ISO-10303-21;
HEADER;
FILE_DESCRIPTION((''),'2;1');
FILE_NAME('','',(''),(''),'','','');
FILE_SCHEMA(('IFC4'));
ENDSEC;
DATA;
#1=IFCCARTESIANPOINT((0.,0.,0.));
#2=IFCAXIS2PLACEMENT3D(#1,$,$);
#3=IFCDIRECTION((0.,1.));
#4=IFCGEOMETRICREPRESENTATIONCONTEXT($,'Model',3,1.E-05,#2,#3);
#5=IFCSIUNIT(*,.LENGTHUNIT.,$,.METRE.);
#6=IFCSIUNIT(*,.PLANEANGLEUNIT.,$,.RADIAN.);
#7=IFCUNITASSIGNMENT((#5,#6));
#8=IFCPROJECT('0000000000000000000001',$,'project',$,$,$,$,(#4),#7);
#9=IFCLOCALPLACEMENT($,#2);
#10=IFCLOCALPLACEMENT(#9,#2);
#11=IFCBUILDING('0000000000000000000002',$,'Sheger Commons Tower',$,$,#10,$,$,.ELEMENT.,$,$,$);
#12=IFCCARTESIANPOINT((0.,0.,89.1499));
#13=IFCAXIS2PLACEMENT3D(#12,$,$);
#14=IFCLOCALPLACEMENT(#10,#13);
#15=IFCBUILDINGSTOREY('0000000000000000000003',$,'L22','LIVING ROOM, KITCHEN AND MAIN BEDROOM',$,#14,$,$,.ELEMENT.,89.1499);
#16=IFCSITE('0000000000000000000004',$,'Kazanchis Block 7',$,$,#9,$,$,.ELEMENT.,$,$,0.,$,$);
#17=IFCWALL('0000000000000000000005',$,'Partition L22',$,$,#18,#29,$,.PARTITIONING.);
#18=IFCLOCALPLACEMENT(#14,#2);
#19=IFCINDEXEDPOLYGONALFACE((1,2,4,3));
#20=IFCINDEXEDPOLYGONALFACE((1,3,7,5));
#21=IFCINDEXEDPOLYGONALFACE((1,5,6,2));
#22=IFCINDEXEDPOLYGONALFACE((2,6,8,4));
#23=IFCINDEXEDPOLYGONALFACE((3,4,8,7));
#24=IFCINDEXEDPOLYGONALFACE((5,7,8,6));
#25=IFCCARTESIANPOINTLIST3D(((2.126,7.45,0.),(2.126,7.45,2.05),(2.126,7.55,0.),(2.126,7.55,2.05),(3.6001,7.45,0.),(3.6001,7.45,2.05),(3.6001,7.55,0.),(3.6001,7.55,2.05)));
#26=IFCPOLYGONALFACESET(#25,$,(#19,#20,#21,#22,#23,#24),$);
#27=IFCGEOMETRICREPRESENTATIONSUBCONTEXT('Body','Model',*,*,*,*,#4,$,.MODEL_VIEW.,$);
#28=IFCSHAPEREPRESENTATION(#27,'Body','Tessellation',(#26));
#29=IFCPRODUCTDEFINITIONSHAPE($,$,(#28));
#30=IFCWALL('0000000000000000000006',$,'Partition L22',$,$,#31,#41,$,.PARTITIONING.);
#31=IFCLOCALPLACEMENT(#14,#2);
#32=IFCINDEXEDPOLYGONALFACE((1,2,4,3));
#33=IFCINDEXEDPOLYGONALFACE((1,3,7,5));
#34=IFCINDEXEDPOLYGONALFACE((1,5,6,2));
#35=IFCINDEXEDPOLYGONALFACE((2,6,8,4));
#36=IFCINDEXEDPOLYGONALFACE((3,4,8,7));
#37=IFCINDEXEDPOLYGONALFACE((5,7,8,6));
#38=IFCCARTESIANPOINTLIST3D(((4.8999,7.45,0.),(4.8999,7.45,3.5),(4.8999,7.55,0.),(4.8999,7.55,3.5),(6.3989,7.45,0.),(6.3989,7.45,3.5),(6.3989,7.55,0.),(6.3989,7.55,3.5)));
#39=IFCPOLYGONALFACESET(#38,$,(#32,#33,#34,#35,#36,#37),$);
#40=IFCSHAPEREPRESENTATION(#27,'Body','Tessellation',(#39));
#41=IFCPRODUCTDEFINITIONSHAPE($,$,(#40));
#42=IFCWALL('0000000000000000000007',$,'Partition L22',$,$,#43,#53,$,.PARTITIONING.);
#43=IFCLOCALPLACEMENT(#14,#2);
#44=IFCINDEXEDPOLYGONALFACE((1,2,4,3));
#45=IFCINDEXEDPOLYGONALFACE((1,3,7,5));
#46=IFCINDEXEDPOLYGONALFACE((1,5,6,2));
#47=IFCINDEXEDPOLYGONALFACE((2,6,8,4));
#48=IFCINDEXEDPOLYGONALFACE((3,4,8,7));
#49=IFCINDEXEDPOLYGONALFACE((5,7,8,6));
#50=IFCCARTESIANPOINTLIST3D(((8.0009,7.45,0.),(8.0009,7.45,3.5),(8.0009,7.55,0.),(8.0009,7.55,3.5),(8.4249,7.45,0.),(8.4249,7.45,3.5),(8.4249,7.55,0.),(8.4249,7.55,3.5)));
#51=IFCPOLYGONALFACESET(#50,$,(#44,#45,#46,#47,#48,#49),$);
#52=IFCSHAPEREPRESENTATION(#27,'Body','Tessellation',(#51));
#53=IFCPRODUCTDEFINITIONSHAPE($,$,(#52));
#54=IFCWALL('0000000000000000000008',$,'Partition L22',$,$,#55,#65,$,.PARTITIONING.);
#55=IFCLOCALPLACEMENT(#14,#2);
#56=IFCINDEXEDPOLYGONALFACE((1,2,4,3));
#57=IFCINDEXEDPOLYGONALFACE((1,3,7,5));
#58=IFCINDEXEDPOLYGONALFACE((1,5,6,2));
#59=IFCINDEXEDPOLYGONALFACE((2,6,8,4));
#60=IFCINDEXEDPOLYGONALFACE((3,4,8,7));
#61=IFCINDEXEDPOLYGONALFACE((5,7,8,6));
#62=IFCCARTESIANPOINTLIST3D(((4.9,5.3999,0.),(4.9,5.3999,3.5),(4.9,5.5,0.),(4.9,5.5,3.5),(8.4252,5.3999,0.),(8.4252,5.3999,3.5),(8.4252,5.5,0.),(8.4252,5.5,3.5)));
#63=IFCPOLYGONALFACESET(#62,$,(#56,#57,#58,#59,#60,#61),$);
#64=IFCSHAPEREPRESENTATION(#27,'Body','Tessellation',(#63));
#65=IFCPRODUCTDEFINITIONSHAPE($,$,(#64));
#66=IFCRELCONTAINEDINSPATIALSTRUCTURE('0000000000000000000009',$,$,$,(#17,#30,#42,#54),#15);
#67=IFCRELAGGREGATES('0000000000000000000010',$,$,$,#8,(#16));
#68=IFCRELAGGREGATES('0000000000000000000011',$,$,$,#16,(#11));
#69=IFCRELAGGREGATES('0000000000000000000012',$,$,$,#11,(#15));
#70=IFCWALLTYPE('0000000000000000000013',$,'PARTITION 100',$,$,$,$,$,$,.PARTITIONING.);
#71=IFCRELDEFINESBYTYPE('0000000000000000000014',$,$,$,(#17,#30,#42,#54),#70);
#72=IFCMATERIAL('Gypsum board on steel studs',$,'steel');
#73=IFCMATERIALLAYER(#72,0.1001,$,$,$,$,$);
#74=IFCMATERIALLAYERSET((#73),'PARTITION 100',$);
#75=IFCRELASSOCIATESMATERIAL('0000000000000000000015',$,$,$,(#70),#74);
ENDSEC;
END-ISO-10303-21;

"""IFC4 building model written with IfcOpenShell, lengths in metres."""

from ifc_helpers import new_model, si_unit, direction, frame, frame_2d, origin, place, context, subcontext, project, spatial, rectangle, extrude, material, layer, layer_set, type_object, element, save


model = new_model("IFC4")

# Units and contexts
model_context = context("Model", 3, precision=1e-05, world=origin(), true_north=direction((0.0, 1.0)))
body_context = subcontext(model_context, "Body", "Model", "MODEL_VIEW")
ifc_project = project(units=[si_unit("LENGTHUNIT", "METRE"), si_unit("PLANEANGLEUNIT", "RADIAN")], contexts=[model_context])

# Site, building, storey
site_placement = place(None, origin())
site = spatial("IfcSite", under=ifc_project, at=site_placement, Name="Kazanchis Block 7", CompositionType="ELEMENT", RefElevation=0.0)
building_placement = place(site_placement, origin())
building = spatial("IfcBuilding", under=site, at=building_placement, Name="Sheger Commons Tower", CompositionType="ELEMENT")
storey_placement = place(building_placement, frame((0.0, 0.0, 89.1499)))
storey = spatial("IfcBuildingStorey", under=building, at=storey_placement, Name="L22", Description="LIVING ROOM, KITCHEN AND MAIN BEDROOM", CompositionType="ELEMENT", Elevation=89.1499)

# Shared definitions
ifc_material_1 = material(Name="Gypsum board on steel studs", Category="steel")
ifc_layer_1 = layer(ifc_material_1, 0.1001)
ifc_layer_set_1 = layer_set([ifc_layer_1], Name="PARTITION 100")
wall_type_1 = type_object("IfcWallType", Name="PARTITION 100", PredefinedType="PARTITIONING", material=ifc_layer_set_1)

# Walls
wall_1_placement = place(storey_placement, frame((2.126, 7.5, 0.0), z_axis=(0.0, 0.0, 1.0), x_axis=(1.0, 0.0, 0.0)))
element("IfcWall", 1, at=wall_1_placement, inside=storey, type_object=wall_type_1, Name="Partition L22", PredefinedType="PARTITIONING", context=body_context, shape_type="SweptSolid", body=[
    extrude(rectangle(XDim=1.4741, YDim=0.1001, at=frame_2d((0.7371, 0.0))), origin(), (0.0, 0.0, 1.0), 2.05),
])
wall_2_placement = place(storey_placement, frame((4.8999, 7.5, 0.0), z_axis=(0.0, 0.0, 1.0), x_axis=(1.0, 0.0, 0.0)))
element("IfcWall", 2, at=wall_2_placement, inside=storey, type_object=wall_type_1, Name="Partition L22", PredefinedType="PARTITIONING", context=body_context, shape_type="SweptSolid", body=[
    extrude(rectangle(XDim=1.499, YDim=0.1001, at=frame_2d((0.7495, 0.0))), origin(), (0.0, 0.0, 1.0), 3.5),
])
wall_3_placement = place(storey_placement, frame((8.001, 7.5, 0.0), z_axis=(0.0, 0.0, 1.0), x_axis=(1.0, 0.0, 0.0)))
element("IfcWall", 3, at=wall_3_placement, inside=storey, type_object=wall_type_1, Name="Partition L22", PredefinedType="PARTITIONING", context=body_context, shape_type="SweptSolid", body=[
    extrude(rectangle(XDim=0.4241, YDim=0.1001, at=frame_2d((0.2119, 0.0))), origin(), (0.0, 0.0, 1.0), 3.5),
])
wall_4_placement = place(storey_placement, frame((4.8999, 5.45, 0.0), z_axis=(0.0, 0.0, 1.0), x_axis=(1.0, 0.0, 0.0)))
element("IfcWall", 4, at=wall_4_placement, inside=storey, type_object=wall_type_1, Name="Partition L22", PredefinedType="PARTITIONING", context=body_context, shape_type="SweptSolid", body=[
    extrude(rectangle(XDim=3.5251, YDim=0.1001, at=frame_2d((1.7627, 0.0))), origin(), (0.0, 0.0, 1.0), 3.5),
])

save(model, "model.ifc")
